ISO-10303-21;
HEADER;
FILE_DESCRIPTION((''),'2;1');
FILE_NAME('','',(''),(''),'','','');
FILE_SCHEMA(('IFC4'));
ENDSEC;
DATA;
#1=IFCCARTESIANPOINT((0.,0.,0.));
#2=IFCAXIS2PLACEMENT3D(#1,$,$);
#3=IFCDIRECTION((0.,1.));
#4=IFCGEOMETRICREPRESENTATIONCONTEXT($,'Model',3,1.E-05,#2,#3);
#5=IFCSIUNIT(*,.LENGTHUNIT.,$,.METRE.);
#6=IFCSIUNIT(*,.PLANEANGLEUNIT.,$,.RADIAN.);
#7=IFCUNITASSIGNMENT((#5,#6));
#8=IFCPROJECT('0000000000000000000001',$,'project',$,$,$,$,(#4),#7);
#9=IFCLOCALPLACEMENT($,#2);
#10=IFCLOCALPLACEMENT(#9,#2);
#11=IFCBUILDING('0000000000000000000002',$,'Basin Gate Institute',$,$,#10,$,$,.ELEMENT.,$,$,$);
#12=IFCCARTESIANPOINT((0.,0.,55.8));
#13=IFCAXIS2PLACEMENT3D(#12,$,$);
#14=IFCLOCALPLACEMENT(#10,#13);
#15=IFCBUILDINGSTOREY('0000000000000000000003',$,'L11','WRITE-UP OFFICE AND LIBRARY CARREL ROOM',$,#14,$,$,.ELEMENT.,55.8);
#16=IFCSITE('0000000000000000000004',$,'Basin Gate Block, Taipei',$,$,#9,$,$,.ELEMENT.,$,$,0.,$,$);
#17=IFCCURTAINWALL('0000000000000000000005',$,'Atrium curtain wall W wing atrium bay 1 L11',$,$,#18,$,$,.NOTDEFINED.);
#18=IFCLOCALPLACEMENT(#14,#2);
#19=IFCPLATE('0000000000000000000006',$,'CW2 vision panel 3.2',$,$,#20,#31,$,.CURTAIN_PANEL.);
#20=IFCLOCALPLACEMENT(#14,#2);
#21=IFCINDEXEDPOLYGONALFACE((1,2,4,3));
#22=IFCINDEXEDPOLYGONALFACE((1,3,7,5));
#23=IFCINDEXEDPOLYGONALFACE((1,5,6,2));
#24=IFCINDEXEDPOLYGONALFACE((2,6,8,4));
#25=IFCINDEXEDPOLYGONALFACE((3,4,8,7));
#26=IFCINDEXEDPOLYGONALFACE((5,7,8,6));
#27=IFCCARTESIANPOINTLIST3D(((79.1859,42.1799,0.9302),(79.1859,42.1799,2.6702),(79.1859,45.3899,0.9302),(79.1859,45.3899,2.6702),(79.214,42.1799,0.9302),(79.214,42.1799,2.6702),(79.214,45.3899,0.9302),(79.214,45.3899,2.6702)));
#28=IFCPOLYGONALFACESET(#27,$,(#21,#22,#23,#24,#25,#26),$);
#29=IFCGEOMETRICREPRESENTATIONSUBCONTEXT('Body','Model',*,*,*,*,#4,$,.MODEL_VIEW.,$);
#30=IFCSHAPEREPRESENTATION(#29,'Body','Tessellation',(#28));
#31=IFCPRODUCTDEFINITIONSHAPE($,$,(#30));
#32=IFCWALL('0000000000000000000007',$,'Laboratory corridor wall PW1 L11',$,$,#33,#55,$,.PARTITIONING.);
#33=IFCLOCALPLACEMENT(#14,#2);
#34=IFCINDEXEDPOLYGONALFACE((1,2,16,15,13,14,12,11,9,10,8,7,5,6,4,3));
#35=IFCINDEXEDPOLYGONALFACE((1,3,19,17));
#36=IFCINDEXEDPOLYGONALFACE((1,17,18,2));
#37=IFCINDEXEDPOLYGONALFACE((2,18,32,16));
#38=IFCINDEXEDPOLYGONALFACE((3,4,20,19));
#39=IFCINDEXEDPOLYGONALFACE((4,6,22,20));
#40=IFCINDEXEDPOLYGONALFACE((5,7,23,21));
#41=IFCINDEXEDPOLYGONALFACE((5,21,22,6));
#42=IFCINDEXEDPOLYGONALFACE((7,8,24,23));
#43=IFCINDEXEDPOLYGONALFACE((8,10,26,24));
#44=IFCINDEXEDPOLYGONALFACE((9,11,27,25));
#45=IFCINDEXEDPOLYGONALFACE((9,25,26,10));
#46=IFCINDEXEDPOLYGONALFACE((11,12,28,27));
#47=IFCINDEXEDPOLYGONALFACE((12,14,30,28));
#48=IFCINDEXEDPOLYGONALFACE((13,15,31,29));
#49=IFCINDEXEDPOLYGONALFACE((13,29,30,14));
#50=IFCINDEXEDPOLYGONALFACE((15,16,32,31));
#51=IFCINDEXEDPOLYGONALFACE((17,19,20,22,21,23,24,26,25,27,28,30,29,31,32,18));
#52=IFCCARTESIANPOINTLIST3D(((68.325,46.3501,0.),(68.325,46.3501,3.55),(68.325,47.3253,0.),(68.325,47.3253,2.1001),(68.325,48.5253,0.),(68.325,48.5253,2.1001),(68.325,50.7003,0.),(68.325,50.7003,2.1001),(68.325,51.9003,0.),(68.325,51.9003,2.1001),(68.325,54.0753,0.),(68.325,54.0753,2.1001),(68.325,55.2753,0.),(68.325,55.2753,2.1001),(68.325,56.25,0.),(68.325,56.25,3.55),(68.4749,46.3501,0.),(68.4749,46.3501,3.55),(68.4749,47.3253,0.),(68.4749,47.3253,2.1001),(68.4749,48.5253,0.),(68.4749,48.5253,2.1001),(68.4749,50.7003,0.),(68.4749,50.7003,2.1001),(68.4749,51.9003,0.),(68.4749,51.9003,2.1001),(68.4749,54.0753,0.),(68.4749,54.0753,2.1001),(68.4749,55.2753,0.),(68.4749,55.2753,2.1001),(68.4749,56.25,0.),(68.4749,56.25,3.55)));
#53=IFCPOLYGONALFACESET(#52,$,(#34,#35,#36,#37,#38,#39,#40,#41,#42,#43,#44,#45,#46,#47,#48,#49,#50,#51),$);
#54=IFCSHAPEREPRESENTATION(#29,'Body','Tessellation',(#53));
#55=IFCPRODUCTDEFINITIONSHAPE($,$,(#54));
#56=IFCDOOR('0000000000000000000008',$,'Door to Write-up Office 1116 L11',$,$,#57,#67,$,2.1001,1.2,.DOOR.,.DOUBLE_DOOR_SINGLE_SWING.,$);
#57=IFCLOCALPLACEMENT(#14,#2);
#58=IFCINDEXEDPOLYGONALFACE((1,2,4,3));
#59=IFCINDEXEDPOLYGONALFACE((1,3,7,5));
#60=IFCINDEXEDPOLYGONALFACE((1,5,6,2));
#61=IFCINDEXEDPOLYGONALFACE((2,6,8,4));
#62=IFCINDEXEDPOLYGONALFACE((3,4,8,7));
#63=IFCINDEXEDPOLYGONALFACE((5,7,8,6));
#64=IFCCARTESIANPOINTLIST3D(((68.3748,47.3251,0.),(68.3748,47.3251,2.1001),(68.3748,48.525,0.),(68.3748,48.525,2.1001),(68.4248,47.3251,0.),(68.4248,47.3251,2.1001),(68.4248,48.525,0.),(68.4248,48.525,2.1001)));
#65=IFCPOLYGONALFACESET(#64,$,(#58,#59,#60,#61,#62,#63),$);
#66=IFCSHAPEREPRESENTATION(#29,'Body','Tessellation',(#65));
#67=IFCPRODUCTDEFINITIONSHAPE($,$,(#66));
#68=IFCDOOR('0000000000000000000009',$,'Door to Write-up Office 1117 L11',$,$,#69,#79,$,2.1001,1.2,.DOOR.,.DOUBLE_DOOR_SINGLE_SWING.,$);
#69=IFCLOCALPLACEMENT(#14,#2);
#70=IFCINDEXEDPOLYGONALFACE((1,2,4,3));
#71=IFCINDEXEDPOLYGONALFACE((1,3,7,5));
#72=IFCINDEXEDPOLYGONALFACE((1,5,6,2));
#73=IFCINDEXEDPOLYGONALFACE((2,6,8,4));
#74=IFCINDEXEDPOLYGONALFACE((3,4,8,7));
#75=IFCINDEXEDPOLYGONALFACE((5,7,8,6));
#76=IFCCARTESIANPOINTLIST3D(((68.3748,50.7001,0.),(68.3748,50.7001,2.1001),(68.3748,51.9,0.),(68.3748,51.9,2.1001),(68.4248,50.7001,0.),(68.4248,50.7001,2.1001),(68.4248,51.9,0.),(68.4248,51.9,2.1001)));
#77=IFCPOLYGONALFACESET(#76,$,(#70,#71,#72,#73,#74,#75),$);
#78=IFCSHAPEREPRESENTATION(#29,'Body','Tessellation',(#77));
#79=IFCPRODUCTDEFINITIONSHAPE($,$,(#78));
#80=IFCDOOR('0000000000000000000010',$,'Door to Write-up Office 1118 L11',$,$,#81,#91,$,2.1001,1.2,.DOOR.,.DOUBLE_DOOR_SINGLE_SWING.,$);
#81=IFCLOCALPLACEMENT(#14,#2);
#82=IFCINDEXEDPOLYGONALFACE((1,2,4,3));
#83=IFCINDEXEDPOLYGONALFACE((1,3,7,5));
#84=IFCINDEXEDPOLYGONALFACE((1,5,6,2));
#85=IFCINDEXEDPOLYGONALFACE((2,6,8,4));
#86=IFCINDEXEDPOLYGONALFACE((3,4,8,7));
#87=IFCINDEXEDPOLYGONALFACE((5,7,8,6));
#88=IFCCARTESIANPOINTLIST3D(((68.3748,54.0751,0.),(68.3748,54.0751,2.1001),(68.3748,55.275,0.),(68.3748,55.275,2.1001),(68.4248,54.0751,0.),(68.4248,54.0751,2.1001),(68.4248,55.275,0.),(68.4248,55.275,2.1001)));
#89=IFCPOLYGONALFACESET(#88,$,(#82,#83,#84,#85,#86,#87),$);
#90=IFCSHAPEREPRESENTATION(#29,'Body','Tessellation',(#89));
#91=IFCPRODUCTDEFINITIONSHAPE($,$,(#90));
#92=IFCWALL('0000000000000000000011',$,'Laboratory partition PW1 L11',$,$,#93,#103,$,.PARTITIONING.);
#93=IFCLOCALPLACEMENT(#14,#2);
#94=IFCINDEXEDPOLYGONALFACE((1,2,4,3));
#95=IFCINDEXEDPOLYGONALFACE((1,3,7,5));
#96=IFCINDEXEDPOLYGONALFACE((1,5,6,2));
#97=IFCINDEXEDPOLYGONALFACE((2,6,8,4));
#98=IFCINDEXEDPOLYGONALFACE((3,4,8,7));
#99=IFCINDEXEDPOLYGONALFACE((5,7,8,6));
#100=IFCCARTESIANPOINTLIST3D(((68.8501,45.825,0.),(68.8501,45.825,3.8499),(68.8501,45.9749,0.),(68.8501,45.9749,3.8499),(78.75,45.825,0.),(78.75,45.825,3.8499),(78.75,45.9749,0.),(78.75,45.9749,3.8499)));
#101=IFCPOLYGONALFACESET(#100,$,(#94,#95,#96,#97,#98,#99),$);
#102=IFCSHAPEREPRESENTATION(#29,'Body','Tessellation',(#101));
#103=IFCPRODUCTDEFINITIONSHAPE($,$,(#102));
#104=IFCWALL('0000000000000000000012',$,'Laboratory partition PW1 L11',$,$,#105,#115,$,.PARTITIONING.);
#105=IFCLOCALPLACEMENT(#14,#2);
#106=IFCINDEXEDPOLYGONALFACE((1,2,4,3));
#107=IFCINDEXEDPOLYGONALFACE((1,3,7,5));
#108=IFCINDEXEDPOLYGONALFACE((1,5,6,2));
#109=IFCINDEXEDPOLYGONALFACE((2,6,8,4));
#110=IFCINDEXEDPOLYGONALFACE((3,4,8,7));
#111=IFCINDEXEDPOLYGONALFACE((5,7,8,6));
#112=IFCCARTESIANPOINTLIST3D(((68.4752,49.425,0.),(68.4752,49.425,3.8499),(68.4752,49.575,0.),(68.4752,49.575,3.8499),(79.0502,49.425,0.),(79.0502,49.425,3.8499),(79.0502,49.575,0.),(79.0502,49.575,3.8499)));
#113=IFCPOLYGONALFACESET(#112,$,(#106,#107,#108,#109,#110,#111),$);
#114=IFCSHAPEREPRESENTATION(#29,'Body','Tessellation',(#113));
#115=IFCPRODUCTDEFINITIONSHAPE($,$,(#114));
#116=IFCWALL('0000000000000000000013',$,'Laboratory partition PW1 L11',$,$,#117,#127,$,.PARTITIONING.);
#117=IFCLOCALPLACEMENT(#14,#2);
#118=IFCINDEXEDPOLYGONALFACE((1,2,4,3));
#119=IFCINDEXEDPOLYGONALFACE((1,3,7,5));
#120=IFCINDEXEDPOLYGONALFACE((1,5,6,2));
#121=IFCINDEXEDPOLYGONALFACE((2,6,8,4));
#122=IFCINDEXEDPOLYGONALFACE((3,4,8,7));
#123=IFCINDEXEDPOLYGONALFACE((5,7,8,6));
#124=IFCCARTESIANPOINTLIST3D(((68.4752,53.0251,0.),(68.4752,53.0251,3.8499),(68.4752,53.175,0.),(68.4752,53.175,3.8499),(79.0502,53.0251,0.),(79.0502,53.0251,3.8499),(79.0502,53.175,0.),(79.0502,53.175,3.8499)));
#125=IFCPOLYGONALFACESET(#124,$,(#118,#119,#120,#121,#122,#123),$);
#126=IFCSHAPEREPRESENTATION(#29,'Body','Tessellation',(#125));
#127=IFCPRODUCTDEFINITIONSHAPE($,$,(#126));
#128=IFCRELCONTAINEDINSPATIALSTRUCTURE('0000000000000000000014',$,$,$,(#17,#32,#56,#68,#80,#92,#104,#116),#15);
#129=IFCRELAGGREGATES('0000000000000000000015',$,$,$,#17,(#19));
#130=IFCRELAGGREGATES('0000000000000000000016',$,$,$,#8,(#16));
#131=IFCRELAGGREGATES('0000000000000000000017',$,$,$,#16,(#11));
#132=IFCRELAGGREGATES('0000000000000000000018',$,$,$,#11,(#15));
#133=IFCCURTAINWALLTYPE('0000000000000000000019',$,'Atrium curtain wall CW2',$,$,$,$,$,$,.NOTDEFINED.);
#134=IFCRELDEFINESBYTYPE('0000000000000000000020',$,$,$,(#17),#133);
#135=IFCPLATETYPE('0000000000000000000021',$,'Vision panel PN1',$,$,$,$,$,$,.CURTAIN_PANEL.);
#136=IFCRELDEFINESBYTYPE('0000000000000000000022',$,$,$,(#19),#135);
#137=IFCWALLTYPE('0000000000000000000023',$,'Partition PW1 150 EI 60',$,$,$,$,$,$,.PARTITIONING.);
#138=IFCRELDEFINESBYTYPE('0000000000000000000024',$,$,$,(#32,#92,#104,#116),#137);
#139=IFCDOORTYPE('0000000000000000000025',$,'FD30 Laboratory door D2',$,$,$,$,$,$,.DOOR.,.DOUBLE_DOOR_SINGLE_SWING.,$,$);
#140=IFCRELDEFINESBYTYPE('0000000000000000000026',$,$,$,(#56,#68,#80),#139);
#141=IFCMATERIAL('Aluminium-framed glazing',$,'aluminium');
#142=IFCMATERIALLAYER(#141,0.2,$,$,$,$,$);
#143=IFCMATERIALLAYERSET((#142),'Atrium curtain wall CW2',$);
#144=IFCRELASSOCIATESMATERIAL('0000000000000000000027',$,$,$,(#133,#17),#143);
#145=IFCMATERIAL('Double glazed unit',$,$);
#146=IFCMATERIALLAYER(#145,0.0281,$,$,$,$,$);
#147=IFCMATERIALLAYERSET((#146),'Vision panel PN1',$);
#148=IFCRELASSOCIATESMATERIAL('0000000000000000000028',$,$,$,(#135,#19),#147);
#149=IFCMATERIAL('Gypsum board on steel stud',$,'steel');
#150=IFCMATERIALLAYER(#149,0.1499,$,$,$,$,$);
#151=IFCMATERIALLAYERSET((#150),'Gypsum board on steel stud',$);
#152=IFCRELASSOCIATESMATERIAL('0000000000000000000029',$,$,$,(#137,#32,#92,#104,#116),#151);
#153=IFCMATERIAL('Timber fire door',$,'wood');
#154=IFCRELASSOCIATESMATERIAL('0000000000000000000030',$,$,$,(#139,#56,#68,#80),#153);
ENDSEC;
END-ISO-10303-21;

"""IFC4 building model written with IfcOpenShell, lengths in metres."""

from ifc_helpers import new_model, si_unit, direction, frame, frame_2d, origin, origin_2d, place, context, subcontext, project, spatial, rectangle, extrude, material, layer, layer_set, type_object, element, fill, aggregate, save


model = new_model("IFC4")

# Units and contexts
model_context = context("Model", 3, precision=1e-05, world=origin(), true_north=direction((0.0, 1.0)))
body_context = subcontext(model_context, "Body", "Model", "MODEL_VIEW")
ifc_project = project(units=[si_unit("LENGTHUNIT", "METRE"), si_unit("PLANEANGLEUNIT", "RADIAN")], contexts=[model_context])

# Site, building, storey
site_placement = place(None, origin())
site = spatial("IfcSite", under=ifc_project, at=site_placement, Name="Basin Gate Block, Taipei", CompositionType="ELEMENT", RefElevation=0.0)
building_placement = place(site_placement, origin())
building = spatial("IfcBuilding", under=site, at=building_placement, Name="Basin Gate Institute", CompositionType="ELEMENT")
storey_placement = place(building_placement, frame((0.0, 0.0, 55.8)))
storey = spatial("IfcBuildingStorey", under=building, at=storey_placement, Name="L11", Description="WRITE-UP OFFICE AND LIBRARY CARREL ROOM", CompositionType="ELEMENT", Elevation=55.8)

# Curtain wall
ifc_material_1 = material(Name="Aluminium-framed glazing", Category="aluminium")
ifc_layer_1 = layer(ifc_material_1, 0.2)
ifc_layer_set_1 = layer_set([ifc_layer_1], Name="Atrium curtain wall CW2")
curtain_wall_type = type_object("IfcCurtainWallType", Name="Atrium curtain wall CW2", PredefinedType="NOTDEFINED", material=ifc_layer_set_1)
curtain_wall_1_placement = place(storey_placement, origin())
curtain_wall_1 = element("IfcCurtainWall", 1, at=curtain_wall_1_placement, inside=storey, type_object=curtain_wall_type, material=ifc_layer_set_1, Name="Atrium curtain wall W wing atrium bay 1 L11", PredefinedType="NOTDEFINED")

# Plate
ifc_material_2 = material(Name="Double glazed unit")
ifc_layer_2 = layer(ifc_material_2, 0.0281)
ifc_layer_set_2 = layer_set([ifc_layer_2], Name="Vision panel PN1")
plate_type_1 = type_object("IfcPlateType", Name="Vision panel PN1", PredefinedType="CURTAIN_PANEL", material=ifc_layer_set_2)
plate_1_placement = place(storey_placement, frame((79.2, 43.7849, 0.9302), z_axis=(0.0, 0.0, 1.0), x_axis=(0.0, 1.0, 0.0)))
plate_1 = element("IfcPlate", 2, at=plate_1_placement, type_object=plate_type_1, material=ifc_layer_set_2, Name="CW2 vision panel 3.2", PredefinedType="CURTAIN_PANEL", context=body_context, shape_type="SweptSolid", body=[
    extrude(rectangle(XDim=3.21, YDim=0.0281, at=origin_2d()), origin(), (0.0, 0.0, 1.0), 1.74),
])
aggregate(curtain_wall_1, [plate_1])

# Wall, openings, doors
ifc_material_3 = material(Name="Gypsum board on steel stud", Category="steel")
ifc_layer_3 = layer(ifc_material_3, 0.1499)
ifc_layer_set_3 = layer_set([ifc_layer_3], Name="Gypsum board on steel stud")
wall_type = type_object("IfcWallType", Name="Partition PW1 150 EI 60", PredefinedType="PARTITIONING", material=ifc_layer_set_3)
wall_1_placement = place(storey_placement, frame((68.3999, 46.3501, 0.0), z_axis=(0.0, 0.0, 1.0), x_axis=(0.0, 1.0, 0.0)))
wall_1 = element("IfcWall", 3, at=wall_1_placement, inside=storey, type_object=wall_type, material=ifc_layer_set_3, Name="Laboratory corridor wall PW1 L11", PredefinedType="PARTITIONING", context=body_context, shape_type="SweptSolid", body=[
    extrude(rectangle(XDim=9.8999, YDim=0.1499, at=frame_2d((4.95, 0.0))), origin(), (0.0, 0.0, 1.0), 3.55),
])
opening_1_placement = place(wall_1_placement, frame((0.9751, 0.0, 0.0)))
opening_1 = element("IfcOpeningElement", 4, at=opening_1_placement, cuts=wall_1, PredefinedType="OPENING", context=body_context, shape_type="SweptSolid", body=[
    extrude(rectangle(XDim=1.2, YDim=2.1001, at=frame_2d((0.6001, 1.05))), frame((0.0, 0.085, 0.0), z_axis=(0.0, -1.0, 0.0), x_axis=(1.0, 0.0, 0.0)), (0.0, 0.0, 1.0), 0.1699),
])
opening_2_placement = place(wall_1_placement, frame((4.3501, 0.0, 0.0)))
opening_2 = element("IfcOpeningElement", 5, at=opening_2_placement, cuts=wall_1, PredefinedType="OPENING", context=body_context, shape_type="SweptSolid", body=[
    extrude(rectangle(XDim=1.2, YDim=2.1001, at=frame_2d((0.6001, 1.05))), frame((0.0, 0.085, 0.0), z_axis=(0.0, -1.0, 0.0), x_axis=(1.0, 0.0, 0.0)), (0.0, 0.0, 1.0), 0.1699),
])
opening_3_placement = place(wall_1_placement, frame((7.7251, 0.0, 0.0)))
opening_3 = element("IfcOpeningElement", 6, at=opening_3_placement, cuts=wall_1, PredefinedType="OPENING", context=body_context, shape_type="SweptSolid", body=[
    extrude(rectangle(XDim=1.2, YDim=2.1001, at=frame_2d((0.6001, 1.05))), frame((0.0, 0.085, 0.0), z_axis=(0.0, -1.0, 0.0), x_axis=(1.0, 0.0, 0.0)), (0.0, 0.0, 1.0), 0.1699),
])
ifc_material_4 = material(Name="Timber fire door", Category="wood")
door_type = type_object("IfcDoorType", Name="FD30 Laboratory door D2", OperationType="DOUBLE_DOOR_SINGLE_SWING", PredefinedType="DOOR", material=ifc_material_4)
door_1_placement = place(opening_1_placement, frame((1.2, 0.0, 0.0), z_axis=(0.0, 0.0, 1.0), x_axis=(-1.0, 0.0, 0.0)))
door_1 = element("IfcDoor", 7, at=door_1_placement, inside=storey, type_object=door_type, material=ifc_material_4, Name="Door to Write-up Office 1116 L11", OperationType="DOUBLE_DOOR_SINGLE_SWING", OverallHeight=2.1001, OverallWidth=1.2, PredefinedType="DOOR", context=body_context, shape_type="SweptSolid", body=[
    extrude(rectangle(XDim=1.2, YDim=2.1001, at=frame_2d((0.6001, 1.05))), frame((0.0, 0.0249, 0.0), z_axis=(0.0, -1.0, 0.0), x_axis=(1.0, 0.0, 0.0)), (0.0, 0.0, 1.0), 0.05),
])
fill(opening_1, door_1)
door_2_placement = place(opening_2_placement, frame((1.2, 0.0, 0.0), z_axis=(0.0, 0.0, 1.0), x_axis=(-1.0, 0.0, 0.0)))
door_2 = element("IfcDoor", 8, at=door_2_placement, inside=storey, type_object=door_type, material=ifc_material_4, Name="Door to Write-up Office 1117 L11", OperationType="DOUBLE_DOOR_SINGLE_SWING", OverallHeight=2.1001, OverallWidth=1.2, PredefinedType="DOOR", context=body_context, shape_type="SweptSolid", body=[
    extrude(rectangle(XDim=1.2, YDim=2.1001, at=frame_2d((0.6001, 1.05))), frame((0.0, 0.0249, 0.0), z_axis=(0.0, -1.0, 0.0), x_axis=(1.0, 0.0, 0.0)), (0.0, 0.0, 1.0), 0.05),
])
fill(opening_2, door_2)
door_3_placement = place(opening_3_placement, frame((1.2, 0.0, 0.0), z_axis=(0.0, 0.0, 1.0), x_axis=(-1.0, 0.0, 0.0)))
door_3 = element("IfcDoor", 9, at=door_3_placement, inside=storey, type_object=door_type, material=ifc_material_4, Name="Door to Write-up Office 1118 L11", OperationType="DOUBLE_DOOR_SINGLE_SWING", OverallHeight=2.1001, OverallWidth=1.2, PredefinedType="DOOR", context=body_context, shape_type="SweptSolid", body=[
    extrude(rectangle(XDim=1.2, YDim=2.1001, at=frame_2d((0.6001, 1.05))), frame((0.0, 0.0249, 0.0), z_axis=(0.0, -1.0, 0.0), x_axis=(1.0, 0.0, 0.0)), (0.0, 0.0, 1.0), 0.05),
])
fill(opening_3, door_3)

# Walls
wall_2_placement = place(storey_placement, frame((68.8501, 45.8999, 0.0), z_axis=(0.0, 0.0, 1.0), x_axis=(1.0, 0.0, 0.0)))
element("IfcWall", 10, at=wall_2_placement, inside=storey, type_object=wall_type, material=ifc_layer_set_3, Name="Laboratory partition PW1 L11", PredefinedType="PARTITIONING", context=body_context, shape_type="SweptSolid", body=[
    extrude(rectangle(XDim=9.8999, YDim=0.1499, at=frame_2d((4.95, 0.0))), origin(), (0.0, 0.0, 1.0), 3.8499),
])
for number, where, z_axis, x_axis, name in (
    (11, (68.4751, 49.5, 0.0), (0.0, 0.0, 1.0), (1.0, 0.0, 0.0), "Laboratory partition PW1 L11"),
    (12, (68.4751, 53.1001, 0.0), (0.0, 0.0, 1.0), (1.0, 0.0, 0.0), "Laboratory partition PW1 L11"),
):
    element("IfcWall", number, at=place(storey_placement, frame(where, z_axis=z_axis, x_axis=x_axis)), inside=storey, type_object=wall_type, material=ifc_layer_set_3, Name=name, PredefinedType="PARTITIONING", context=body_context, shape_type="SweptSolid", body=[
        extrude(rectangle(XDim=10.575, YDim=0.1499, at=frame_2d((5.2876, 0.0))), origin(), (0.0, 0.0, 1.0), 3.8499),
    ])

save(model, "model.ifc")
